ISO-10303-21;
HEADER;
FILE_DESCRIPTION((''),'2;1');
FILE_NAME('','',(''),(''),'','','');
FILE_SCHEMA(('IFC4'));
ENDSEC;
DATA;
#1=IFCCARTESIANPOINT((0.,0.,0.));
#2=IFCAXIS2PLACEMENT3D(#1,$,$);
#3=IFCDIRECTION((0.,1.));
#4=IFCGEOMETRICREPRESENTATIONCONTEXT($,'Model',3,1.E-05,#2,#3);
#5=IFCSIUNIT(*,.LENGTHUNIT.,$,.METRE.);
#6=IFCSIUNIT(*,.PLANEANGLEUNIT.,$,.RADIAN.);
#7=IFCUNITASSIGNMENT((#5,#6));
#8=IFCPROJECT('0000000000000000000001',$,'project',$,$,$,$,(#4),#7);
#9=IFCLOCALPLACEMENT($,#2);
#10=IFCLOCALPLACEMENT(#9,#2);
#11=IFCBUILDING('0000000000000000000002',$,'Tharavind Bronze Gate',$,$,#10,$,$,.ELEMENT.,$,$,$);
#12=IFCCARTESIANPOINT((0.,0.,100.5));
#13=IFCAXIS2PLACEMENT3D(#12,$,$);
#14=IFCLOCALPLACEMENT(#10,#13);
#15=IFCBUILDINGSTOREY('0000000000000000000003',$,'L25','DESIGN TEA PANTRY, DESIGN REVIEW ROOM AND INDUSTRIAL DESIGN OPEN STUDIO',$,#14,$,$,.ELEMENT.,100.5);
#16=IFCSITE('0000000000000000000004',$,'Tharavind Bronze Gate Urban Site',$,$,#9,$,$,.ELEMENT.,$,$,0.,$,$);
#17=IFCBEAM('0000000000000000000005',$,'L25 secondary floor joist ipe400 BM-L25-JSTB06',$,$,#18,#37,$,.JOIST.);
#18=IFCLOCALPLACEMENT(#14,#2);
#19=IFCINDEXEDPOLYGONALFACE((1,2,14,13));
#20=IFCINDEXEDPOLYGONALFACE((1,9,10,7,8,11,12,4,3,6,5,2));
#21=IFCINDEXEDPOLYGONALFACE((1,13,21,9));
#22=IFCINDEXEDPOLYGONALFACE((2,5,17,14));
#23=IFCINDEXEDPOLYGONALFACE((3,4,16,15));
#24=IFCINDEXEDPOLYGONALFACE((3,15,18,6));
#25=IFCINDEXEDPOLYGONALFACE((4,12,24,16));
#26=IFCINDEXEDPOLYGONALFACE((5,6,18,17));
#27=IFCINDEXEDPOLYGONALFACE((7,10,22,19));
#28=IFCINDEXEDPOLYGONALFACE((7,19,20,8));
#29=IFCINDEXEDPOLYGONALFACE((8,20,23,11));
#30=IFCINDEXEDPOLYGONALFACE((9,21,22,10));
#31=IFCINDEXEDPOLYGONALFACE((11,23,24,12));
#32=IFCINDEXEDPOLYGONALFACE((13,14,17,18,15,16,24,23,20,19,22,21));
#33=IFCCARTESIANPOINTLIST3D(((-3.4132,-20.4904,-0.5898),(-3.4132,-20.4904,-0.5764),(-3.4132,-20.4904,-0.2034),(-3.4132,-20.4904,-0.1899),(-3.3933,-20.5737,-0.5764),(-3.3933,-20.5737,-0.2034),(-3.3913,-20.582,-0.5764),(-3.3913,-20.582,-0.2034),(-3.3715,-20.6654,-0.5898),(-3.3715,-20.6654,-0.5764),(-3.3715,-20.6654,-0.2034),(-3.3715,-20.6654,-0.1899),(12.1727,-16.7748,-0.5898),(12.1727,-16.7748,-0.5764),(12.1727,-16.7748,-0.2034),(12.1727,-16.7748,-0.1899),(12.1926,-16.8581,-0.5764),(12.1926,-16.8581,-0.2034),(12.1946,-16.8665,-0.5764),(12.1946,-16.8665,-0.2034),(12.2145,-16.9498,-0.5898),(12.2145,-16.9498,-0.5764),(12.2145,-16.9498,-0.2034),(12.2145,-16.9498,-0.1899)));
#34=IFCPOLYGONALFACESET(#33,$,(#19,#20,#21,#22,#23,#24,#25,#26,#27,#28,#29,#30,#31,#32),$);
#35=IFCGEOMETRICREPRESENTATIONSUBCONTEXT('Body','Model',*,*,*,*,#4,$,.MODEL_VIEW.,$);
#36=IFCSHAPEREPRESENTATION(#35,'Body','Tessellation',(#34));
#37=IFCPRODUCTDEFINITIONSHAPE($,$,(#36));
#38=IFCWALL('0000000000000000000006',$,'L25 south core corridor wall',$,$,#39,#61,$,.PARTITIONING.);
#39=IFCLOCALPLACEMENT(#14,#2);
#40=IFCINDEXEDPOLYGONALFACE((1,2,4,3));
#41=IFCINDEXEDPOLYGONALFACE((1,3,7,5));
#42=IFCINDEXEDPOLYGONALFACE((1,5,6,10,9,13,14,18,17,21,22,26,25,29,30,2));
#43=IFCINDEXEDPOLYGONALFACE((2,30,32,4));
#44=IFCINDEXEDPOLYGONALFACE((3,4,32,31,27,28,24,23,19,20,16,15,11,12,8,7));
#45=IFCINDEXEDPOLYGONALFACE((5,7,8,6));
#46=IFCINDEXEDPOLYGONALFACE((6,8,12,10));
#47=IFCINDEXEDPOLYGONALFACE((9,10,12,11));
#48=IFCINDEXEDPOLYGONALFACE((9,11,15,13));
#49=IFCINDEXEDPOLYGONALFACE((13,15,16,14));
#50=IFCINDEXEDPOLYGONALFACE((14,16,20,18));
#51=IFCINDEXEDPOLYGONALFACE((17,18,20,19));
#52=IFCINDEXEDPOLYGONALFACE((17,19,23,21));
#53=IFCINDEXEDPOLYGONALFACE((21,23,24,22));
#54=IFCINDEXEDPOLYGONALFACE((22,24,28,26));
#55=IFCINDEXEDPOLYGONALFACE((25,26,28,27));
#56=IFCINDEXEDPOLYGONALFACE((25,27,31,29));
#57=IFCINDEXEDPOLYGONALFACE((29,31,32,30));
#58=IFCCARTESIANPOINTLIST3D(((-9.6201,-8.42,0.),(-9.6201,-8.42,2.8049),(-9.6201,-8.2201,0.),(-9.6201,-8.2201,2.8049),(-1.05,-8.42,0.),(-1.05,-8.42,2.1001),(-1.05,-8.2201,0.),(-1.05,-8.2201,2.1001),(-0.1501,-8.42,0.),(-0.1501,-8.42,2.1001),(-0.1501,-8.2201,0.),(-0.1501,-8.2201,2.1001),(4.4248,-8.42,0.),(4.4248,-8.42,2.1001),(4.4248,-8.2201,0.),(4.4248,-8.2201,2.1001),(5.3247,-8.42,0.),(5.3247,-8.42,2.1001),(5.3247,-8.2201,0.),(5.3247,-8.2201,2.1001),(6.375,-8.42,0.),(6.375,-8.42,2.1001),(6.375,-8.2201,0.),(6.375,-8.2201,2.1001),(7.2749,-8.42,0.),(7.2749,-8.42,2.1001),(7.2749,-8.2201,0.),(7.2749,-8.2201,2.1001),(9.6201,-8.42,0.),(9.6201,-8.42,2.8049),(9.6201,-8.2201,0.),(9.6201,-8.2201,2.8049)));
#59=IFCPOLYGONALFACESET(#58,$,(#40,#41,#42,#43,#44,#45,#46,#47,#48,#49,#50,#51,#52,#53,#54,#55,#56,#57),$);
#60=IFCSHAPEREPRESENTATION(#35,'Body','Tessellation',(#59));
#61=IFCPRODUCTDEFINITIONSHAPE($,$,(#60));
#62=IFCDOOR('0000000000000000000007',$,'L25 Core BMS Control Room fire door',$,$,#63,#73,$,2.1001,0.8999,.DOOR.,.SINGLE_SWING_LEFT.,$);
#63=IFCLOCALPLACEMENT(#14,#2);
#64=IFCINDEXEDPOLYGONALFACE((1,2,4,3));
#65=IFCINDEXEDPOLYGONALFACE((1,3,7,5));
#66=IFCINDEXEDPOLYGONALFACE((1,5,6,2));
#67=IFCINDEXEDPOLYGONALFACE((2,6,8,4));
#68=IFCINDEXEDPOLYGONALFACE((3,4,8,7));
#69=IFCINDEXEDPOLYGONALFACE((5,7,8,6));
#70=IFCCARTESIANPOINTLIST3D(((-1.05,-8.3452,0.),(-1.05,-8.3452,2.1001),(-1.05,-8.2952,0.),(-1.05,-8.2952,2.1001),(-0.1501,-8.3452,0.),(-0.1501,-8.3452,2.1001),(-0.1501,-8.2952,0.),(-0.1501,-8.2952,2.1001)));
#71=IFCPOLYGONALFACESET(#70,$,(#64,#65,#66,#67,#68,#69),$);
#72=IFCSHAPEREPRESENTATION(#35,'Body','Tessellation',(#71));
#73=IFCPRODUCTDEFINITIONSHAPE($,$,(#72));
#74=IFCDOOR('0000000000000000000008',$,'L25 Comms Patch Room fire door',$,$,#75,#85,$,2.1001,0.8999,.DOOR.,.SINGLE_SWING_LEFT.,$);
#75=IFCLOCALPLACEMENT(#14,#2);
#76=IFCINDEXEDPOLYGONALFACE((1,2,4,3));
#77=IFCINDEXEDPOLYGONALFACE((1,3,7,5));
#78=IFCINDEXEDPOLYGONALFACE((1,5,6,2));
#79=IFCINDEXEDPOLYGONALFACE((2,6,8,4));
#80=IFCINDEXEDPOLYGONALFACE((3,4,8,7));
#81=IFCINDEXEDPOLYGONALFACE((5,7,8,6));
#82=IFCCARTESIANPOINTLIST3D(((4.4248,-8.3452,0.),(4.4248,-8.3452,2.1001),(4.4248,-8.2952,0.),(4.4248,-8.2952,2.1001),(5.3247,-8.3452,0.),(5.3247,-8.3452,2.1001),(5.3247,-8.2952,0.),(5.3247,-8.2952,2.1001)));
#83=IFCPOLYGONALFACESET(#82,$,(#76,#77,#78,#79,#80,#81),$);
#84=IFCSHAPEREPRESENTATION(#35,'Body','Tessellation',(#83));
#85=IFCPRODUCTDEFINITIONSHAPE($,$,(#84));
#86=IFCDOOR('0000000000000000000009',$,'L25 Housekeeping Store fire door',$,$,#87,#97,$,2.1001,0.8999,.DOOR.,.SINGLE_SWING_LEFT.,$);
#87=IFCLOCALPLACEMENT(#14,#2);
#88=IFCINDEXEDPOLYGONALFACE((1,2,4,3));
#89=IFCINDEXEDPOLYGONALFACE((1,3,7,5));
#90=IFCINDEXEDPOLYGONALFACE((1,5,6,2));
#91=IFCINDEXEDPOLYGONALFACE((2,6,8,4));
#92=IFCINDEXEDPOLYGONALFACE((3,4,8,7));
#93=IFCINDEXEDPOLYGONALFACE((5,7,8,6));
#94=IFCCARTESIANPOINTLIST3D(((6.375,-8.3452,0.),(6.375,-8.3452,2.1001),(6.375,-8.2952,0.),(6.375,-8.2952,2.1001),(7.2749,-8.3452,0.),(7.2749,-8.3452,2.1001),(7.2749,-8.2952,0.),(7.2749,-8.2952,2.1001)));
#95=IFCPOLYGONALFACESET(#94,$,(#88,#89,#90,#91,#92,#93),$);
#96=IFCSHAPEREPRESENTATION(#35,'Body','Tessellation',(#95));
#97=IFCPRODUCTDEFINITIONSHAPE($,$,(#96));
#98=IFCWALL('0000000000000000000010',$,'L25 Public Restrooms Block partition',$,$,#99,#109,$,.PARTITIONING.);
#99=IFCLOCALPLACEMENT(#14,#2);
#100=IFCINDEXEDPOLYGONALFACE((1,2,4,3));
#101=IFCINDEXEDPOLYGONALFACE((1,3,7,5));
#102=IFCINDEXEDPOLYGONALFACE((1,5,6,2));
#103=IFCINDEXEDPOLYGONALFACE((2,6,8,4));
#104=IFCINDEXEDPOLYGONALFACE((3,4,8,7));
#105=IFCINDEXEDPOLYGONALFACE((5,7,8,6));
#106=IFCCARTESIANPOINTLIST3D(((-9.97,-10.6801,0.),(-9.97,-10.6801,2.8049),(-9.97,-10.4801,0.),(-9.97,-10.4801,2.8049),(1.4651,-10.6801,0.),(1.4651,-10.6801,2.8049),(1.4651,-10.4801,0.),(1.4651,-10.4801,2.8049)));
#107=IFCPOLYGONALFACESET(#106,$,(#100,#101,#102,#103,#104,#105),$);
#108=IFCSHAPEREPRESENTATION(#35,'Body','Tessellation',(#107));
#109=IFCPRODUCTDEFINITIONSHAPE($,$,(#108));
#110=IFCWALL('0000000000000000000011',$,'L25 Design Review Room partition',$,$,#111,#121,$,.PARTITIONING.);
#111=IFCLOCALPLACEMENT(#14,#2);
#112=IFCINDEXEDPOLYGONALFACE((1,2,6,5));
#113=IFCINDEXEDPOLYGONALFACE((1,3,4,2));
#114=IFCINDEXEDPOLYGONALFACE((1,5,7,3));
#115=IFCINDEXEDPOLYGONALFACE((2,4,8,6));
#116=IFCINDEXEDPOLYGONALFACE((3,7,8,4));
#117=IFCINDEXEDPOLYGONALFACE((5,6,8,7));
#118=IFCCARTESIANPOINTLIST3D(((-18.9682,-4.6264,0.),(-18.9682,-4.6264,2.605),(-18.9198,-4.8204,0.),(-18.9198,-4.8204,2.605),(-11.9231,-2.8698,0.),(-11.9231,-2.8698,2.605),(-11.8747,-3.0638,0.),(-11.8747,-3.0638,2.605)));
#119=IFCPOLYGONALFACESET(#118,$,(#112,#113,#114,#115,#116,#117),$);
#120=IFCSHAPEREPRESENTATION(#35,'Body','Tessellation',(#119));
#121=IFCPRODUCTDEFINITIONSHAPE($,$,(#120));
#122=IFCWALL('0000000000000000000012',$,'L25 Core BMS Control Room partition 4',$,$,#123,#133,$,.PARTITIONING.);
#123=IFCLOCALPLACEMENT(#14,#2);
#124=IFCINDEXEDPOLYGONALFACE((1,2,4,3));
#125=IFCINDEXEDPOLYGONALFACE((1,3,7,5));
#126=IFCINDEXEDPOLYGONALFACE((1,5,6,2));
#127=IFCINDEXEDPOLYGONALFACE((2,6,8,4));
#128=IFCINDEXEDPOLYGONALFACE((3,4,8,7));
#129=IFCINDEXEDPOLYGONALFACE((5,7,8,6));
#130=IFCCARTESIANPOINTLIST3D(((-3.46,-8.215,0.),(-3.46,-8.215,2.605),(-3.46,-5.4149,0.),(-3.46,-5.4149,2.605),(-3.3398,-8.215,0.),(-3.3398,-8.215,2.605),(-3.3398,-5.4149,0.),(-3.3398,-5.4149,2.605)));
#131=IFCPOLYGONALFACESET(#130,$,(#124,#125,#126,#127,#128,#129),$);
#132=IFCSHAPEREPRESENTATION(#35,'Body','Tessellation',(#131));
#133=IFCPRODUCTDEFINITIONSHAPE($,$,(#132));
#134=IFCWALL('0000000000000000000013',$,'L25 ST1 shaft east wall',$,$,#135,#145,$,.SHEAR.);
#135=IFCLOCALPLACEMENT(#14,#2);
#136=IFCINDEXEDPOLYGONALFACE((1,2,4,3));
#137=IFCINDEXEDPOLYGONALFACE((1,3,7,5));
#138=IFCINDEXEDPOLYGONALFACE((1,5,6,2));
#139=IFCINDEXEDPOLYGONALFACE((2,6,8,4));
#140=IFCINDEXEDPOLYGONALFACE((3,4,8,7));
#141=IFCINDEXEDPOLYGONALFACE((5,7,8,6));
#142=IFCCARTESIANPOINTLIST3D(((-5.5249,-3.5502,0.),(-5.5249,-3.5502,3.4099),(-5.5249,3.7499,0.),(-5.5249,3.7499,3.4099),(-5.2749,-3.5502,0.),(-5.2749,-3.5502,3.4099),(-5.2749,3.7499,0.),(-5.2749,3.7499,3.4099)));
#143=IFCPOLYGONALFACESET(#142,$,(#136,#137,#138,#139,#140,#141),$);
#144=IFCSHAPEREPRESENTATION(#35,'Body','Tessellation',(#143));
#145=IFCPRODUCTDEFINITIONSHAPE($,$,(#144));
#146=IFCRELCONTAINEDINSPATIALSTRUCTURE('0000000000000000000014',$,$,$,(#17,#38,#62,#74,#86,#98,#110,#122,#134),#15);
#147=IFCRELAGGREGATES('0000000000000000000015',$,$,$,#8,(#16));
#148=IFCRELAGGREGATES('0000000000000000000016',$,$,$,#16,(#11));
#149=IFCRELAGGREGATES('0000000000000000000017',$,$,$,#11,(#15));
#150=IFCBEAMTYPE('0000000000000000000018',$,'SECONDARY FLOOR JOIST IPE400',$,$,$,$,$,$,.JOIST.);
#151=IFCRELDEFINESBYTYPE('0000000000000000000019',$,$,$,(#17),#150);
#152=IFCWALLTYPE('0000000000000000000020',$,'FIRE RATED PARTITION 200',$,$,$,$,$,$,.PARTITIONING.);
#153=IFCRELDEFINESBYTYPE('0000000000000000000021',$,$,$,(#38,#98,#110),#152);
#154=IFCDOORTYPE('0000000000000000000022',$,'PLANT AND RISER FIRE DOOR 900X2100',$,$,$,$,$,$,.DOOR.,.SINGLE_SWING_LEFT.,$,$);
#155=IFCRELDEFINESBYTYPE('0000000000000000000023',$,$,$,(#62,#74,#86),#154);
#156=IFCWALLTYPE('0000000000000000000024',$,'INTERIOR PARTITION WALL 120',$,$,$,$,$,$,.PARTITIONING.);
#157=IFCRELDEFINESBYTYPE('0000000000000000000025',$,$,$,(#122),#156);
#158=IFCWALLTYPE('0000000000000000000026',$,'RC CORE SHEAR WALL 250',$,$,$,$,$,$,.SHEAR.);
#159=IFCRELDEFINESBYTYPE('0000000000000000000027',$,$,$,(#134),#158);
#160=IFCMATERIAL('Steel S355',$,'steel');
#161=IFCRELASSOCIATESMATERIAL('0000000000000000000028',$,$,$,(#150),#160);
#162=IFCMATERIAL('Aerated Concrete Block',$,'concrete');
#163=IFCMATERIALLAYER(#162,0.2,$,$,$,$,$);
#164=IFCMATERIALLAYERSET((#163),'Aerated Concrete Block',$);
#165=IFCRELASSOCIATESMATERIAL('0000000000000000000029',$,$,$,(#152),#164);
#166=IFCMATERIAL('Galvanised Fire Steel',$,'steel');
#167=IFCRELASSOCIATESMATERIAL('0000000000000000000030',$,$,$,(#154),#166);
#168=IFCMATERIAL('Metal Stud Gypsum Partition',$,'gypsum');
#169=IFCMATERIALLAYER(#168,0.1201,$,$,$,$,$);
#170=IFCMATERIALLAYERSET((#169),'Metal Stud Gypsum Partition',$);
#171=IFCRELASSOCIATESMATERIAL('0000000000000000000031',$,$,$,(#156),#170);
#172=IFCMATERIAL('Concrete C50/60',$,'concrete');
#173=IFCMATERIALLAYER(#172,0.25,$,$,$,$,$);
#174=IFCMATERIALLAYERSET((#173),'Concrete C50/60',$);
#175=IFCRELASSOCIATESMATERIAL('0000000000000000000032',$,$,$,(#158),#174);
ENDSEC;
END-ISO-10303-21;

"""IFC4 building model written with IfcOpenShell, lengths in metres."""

from ifc_helpers import new_model, si_unit, direction, frame, frame_2d, origin, origin_2d, place, context, subcontext, project, spatial, rectangle, i_section, extrude, material, layer, layer_set, material_profile, profile_set, type_object, element, fill, save


model = new_model("IFC4")

# Units and contexts
model_context = context("Model", 3, precision=1e-05, world=origin(), true_north=direction((0.0, 1.0)))
body_context = subcontext(model_context, "Body", "Model", "MODEL_VIEW")
ifc_project = project(units=[si_unit("LENGTHUNIT", "METRE"), si_unit("PLANEANGLEUNIT", "RADIAN")], contexts=[model_context])

# Site, building, storey
site_placement = place(None, origin())
site = spatial("IfcSite", under=ifc_project, at=site_placement, Name="Tharavind Bronze Gate Urban Site", CompositionType="ELEMENT", RefElevation=0.0)
building_placement = place(site_placement, origin())
building = spatial("IfcBuilding", under=site, at=building_placement, Name="Tharavind Bronze Gate", CompositionType="ELEMENT")
storey_placement = place(building_placement, frame((0.0, 0.0, 100.5)))
storey = spatial("IfcBuildingStorey", under=building, at=storey_placement, Name="L25", Description="DESIGN TEA PANTRY, DESIGN REVIEW ROOM AND INDUSTRIAL DESIGN OPEN STUDIO", CompositionType="ELEMENT", Elevation=100.5)

# Beam
ifc_material_1 = material(Name="Steel S355", Category="steel")
ifc_material_profile_1 = material_profile(ifc_material_1, i_section(OverallWidth=0.1799, OverallDepth=0.3999, WebThickness=0.0085, FlangeThickness=0.0134, at=origin_2d()), Name="IPE400")
ifc_profile_set_1 = profile_set([ifc_material_profile_1], Name="Steel S355")
beam_type_1 = type_object("IfcBeamType", Name="SECONDARY FLOOR JOIST IPE400", PredefinedType="JOIST", material=ifc_profile_set_1)
beam_1_placement = place(storey_placement, frame((-3.3923, -20.5779, -0.3899), z_axis=(0.972741, 0.231894, 0.0), x_axis=(-0.231894, 0.972741, 0.0)))
element("IfcBeam", 1, at=beam_1_placement, inside=storey, type_object=beam_type_1, Name="L25 secondary floor joist ipe400 BM-L25-JSTB06", PredefinedType="JOIST", context=body_context, shape_type="SweptSolid", body=[
    extrude(i_section(OverallWidth=0.1799, OverallDepth=0.3999, WebThickness=0.0085, FlangeThickness=0.0134, at=origin_2d()), origin(), (0.0, 0.0, 1.0), 16.0227),
])

# Wall, openings, doors
ifc_material_2 = material(Name="Aerated Concrete Block", Category="concrete")
ifc_layer_1 = layer(ifc_material_2, 0.2)
ifc_layer_set_1 = layer_set([ifc_layer_1], Name="Aerated Concrete Block")
wall_type_1 = type_object("IfcWallType", Name="FIRE RATED PARTITION 200", PredefinedType="PARTITIONING", material=ifc_layer_set_1)
wall_1_placement = place(storey_placement, frame((-9.6201, -8.3201, 0.0), z_axis=(0.0, 0.0, 1.0), x_axis=(1.0, 0.0, 0.0)))
wall_1 = element("IfcWall", 2, at=wall_1_placement, inside=storey, type_object=wall_type_1, Name="L25 south core corridor wall", PredefinedType="PARTITIONING", context=body_context, shape_type="SweptSolid", body=[
    extrude(rectangle(XDim=19.2402, YDim=0.2, at=frame_2d((9.6201, 0.0))), origin(), (0.0, 0.0, 1.0), 2.8049),
])
opening_1_placement = place(wall_1_placement, frame((8.5701, 0.0, 0.0)))
opening_1 = element("IfcOpeningElement", 3, at=opening_1_placement, cuts=wall_1, PredefinedType="OPENING", context=body_context, shape_type="SweptSolid", body=[
    extrude(rectangle(XDim=0.8999, YDim=2.1001, at=frame_2d((0.45, 1.05))), frame((0.0, 0.1101, 0.0), z_axis=(0.0, -1.0, 0.0), x_axis=(1.0, 0.0, 0.0)), (0.0, 0.0, 1.0), 0.22),
])
opening_2_placement = place(wall_1_placement, frame((14.0449, 0.0, 0.0)))
opening_2 = element("IfcOpeningElement", 4, at=opening_2_placement, cuts=wall_1, PredefinedType="OPENING", context=body_context, shape_type="SweptSolid", body=[
    extrude(rectangle(XDim=0.8999, YDim=2.1001, at=frame_2d((0.45, 1.05))), frame((0.0, 0.1101, 0.0), z_axis=(0.0, -1.0, 0.0), x_axis=(1.0, 0.0, 0.0)), (0.0, 0.0, 1.0), 0.22),
])
opening_3_placement = place(wall_1_placement, frame((15.9951, 0.0, 0.0)))
opening_3 = element("IfcOpeningElement", 5, at=opening_3_placement, cuts=wall_1, PredefinedType="OPENING", context=body_context, shape_type="SweptSolid", body=[
    extrude(rectangle(XDim=0.8999, YDim=2.1001, at=frame_2d((0.45, 1.05))), frame((0.0, 0.1101, 0.0), z_axis=(0.0, -1.0, 0.0), x_axis=(1.0, 0.0, 0.0)), (0.0, 0.0, 1.0), 0.22),
])
ifc_material_3 = material(Name="Galvanised Fire Steel", Category="steel")
door_type_1 = type_object("IfcDoorType", Name="PLANT AND RISER FIRE DOOR 900X2100", OperationType="SINGLE_SWING_LEFT", PredefinedType="DOOR", material=ifc_material_3)
door_1_placement = place(opening_1_placement, origin())
door_1 = element("IfcDoor", 6, at=door_1_placement, inside=storey, type_object=door_type_1, Name="L25 Core BMS Control Room fire door", OperationType="SINGLE_SWING_LEFT", OverallHeight=2.1001, OverallWidth=0.8999, PredefinedType="DOOR", context=body_context, shape_type="SweptSolid", body=[
    extrude(rectangle(XDim=0.8999, YDim=2.1001, at=frame_2d((0.45, 1.05))), frame((0.0, 0.0249, 0.0), z_axis=(0.0, -1.0, 0.0), x_axis=(1.0, 0.0, 0.0)), (0.0, 0.0, 1.0), 0.05),
])
fill(opening_1, door_1)
door_2_placement = place(opening_2_placement, origin())
door_2 = element("IfcDoor", 7, at=door_2_placement, inside=storey, type_object=door_type_1, Name="L25 Comms Patch Room fire door", OperationType="SINGLE_SWING_LEFT", OverallHeight=2.1001, OverallWidth=0.8999, PredefinedType="DOOR", context=body_context, shape_type="SweptSolid", body=[
    extrude(rectangle(XDim=0.8999, YDim=2.1001, at=frame_2d((0.45, 1.05))), frame((0.0, 0.0249, 0.0), z_axis=(0.0, -1.0, 0.0), x_axis=(1.0, 0.0, 0.0)), (0.0, 0.0, 1.0), 0.05),
])
fill(opening_2, door_2)
door_3_placement = place(opening_3_placement, origin())
door_3 = element("IfcDoor", 8, at=door_3_placement, inside=storey, type_object=door_type_1, Name="L25 Housekeeping Store fire door", OperationType="SINGLE_SWING_LEFT", OverallHeight=2.1001, OverallWidth=0.8999, PredefinedType="DOOR", context=body_context, shape_type="SweptSolid", body=[
    extrude(rectangle(XDim=0.8999, YDim=2.1001, at=frame_2d((0.45, 1.05))), frame((0.0, 0.0249, 0.0), z_axis=(0.0, -1.0, 0.0), x_axis=(1.0, 0.0, 0.0)), (0.0, 0.0, 1.0), 0.05),
])
fill(opening_3, door_3)

# Walls
wall_2_placement = place(storey_placement, frame((-9.97, -10.5801, 0.0), z_axis=(0.0, 0.0, 1.0), x_axis=(1.0, 0.0, 0.0)))
element("IfcWall", 9, at=wall_2_placement, inside=storey, type_object=wall_type_1, Name="L25 Public Restrooms Block partition", PredefinedType="PARTITIONING", context=body_context, shape_type="SweptSolid", body=[
    extrude(rectangle(XDim=11.4351, YDim=0.2, at=frame_2d((5.7175, 0.0))), origin(), (0.0, 0.0, 1.0), 2.8049),
])
wall_3_placement = place(storey_placement, frame((-11.8989, -2.9668, 0.0), z_axis=(0.0, 0.0, 1.0), x_axis=(-0.970295, -0.241926, 0.0)))
element("IfcWall", 10, at=wall_3_placement, inside=storey, type_object=wall_type_1, Name="L25 Design Review Room partition", PredefinedType="PARTITIONING", context=body_context, shape_type="SweptSolid", body=[
    extrude(rectangle(XDim=7.2607, YDim=0.2, at=frame_2d((3.6304, 0.0))), origin(), (0.0, 0.0, 1.0), 2.605),
])
ifc_material_4 = material(Name="Metal Stud Gypsum Partition", Category="gypsum")
ifc_layer_2 = layer(ifc_material_4, 0.1201)
ifc_layer_set_2 = layer_set([ifc_layer_2], Name="Metal Stud Gypsum Partition")
wall_type_2 = type_object("IfcWallType", Name="INTERIOR PARTITION WALL 120", PredefinedType="PARTITIONING", material=ifc_layer_set_2)
wall_4_placement = place(storey_placement, frame((-3.3999, -5.415, 0.0), z_axis=(0.0, 0.0, 1.0), x_axis=(0.0, -1.0, 0.0)))
element("IfcWall", 11, at=wall_4_placement, inside=storey, type_object=wall_type_2, Name="L25 Core BMS Control Room partition 4", PredefinedType="PARTITIONING", context=body_context, shape_type="SweptSolid", body=[
    extrude(rectangle(XDim=2.8, YDim=0.1201, at=frame_2d((1.3999, 0.0))), origin(), (0.0, 0.0, 1.0), 2.605),
])
ifc_material_5 = material(Name="Concrete C50/60", Category="concrete")
ifc_layer_3 = layer(ifc_material_5, 0.25)
ifc_layer_set_3 = layer_set([ifc_layer_3], Name="Concrete C50/60")
wall_type_3 = type_object("IfcWallType", Name="RC CORE SHEAR WALL 250", PredefinedType="SHEAR", material=ifc_layer_set_3)
wall_5_placement = place(storey_placement, frame((-5.3999, -3.55, 0.0), z_axis=(0.0, 0.0, 1.0), x_axis=(0.0, 1.0, 0.0)))
element("IfcWall", 12, at=wall_5_placement, inside=storey, type_object=wall_type_3, Name="L25 ST1 shaft east wall", PredefinedType="SHEAR", context=body_context, shape_type="SweptSolid", body=[
    extrude(rectangle(XDim=7.3, YDim=0.25, at=frame_2d((3.6499, 0.0))), origin(), (0.0, 0.0, 1.0), 3.4099),
])

save(model, "model.ifc")
